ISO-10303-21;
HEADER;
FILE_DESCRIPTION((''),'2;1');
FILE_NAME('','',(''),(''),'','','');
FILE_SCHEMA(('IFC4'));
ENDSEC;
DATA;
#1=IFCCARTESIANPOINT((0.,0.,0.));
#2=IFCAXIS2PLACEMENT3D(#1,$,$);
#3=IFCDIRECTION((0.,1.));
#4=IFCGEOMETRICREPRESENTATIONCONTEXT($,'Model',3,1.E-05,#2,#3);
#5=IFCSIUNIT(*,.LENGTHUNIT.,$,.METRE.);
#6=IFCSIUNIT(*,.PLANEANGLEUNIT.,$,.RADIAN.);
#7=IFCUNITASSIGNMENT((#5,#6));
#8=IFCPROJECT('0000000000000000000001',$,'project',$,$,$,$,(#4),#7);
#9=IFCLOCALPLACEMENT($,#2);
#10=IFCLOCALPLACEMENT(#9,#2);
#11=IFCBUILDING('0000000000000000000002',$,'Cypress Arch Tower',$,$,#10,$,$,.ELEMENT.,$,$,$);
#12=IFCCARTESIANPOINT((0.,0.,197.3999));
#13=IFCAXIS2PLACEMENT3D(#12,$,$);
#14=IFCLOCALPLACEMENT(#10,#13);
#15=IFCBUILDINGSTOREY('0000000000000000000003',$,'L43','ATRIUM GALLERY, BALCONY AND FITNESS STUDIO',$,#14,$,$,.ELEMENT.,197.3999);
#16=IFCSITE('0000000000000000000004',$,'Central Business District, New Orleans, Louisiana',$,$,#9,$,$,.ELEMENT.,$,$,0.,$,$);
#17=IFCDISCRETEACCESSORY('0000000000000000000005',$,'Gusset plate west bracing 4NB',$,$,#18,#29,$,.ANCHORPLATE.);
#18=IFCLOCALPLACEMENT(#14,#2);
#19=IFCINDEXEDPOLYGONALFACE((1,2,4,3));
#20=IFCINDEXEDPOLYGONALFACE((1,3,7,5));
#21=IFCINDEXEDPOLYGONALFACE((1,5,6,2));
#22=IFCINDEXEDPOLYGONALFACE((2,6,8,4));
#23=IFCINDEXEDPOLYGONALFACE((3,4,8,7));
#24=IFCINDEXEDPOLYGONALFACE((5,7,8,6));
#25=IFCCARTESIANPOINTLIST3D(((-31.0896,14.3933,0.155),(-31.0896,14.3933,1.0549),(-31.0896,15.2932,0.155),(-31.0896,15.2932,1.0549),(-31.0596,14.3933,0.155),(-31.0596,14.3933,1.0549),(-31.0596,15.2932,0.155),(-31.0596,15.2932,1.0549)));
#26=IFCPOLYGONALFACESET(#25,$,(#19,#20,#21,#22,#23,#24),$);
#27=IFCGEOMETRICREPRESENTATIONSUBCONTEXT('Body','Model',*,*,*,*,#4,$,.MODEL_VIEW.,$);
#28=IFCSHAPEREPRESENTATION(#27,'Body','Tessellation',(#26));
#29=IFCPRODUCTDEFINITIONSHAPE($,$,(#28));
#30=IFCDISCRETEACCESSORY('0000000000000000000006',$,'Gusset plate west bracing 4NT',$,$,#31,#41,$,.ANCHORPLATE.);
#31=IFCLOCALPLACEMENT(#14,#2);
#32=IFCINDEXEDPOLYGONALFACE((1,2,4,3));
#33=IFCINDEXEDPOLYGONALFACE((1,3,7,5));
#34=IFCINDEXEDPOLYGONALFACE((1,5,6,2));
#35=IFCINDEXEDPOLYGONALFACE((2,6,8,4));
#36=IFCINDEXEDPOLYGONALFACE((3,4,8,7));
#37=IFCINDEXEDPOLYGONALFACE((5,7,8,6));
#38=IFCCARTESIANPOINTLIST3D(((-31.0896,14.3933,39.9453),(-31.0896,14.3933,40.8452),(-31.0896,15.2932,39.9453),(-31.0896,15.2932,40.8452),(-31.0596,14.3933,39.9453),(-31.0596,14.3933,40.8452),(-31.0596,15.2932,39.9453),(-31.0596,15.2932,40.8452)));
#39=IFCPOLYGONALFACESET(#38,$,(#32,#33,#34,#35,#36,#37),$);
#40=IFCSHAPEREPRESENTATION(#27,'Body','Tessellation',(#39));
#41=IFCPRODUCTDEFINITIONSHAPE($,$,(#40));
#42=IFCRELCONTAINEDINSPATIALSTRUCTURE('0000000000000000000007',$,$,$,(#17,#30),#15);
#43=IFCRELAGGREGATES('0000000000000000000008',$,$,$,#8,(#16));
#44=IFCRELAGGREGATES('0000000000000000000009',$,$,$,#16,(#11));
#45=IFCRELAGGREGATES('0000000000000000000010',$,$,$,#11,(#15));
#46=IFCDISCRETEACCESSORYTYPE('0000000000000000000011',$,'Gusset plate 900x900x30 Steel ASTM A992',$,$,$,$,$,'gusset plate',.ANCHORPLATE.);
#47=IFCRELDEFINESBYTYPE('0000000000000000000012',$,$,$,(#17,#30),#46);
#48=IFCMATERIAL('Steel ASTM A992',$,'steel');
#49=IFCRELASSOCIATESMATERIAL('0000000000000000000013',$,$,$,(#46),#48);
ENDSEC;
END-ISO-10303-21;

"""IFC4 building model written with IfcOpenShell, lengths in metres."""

from ifc_helpers import new_model, si_unit, direction, frame, origin, origin_2d, place, context, subcontext, project, spatial, rectangle, extrude, material, material_profile, profile_set, type_object, element, save


model = new_model("IFC4")

# Units and contexts
model_context = context("Model", 3, precision=1e-05, world=origin(), true_north=direction((0.0, 1.0)))
body_context = subcontext(model_context, "Body", "Model", "MODEL_VIEW")
ifc_project = project(units=[si_unit("LENGTHUNIT", "METRE"), si_unit("PLANEANGLEUNIT", "RADIAN")], contexts=[model_context])

# Site, building, storey
site_placement = place(None, origin())
site = spatial("IfcSite", under=ifc_project, at=site_placement, Name="Central Business District, New Orleans, Louisiana", CompositionType="ELEMENT", RefElevation=0.0)
building_placement = place(site_placement, origin())
building = spatial("IfcBuilding", under=site, at=building_placement, Name="Cypress Arch Tower", CompositionType="ELEMENT")
storey_placement = place(building_placement, frame((0.0, 0.0, 197.3999)))
storey = spatial("IfcBuildingStorey", under=building, at=storey_placement, Name="L43", Description="ATRIUM GALLERY, BALCONY AND FITNESS STUDIO", CompositionType="ELEMENT", Elevation=197.3999)

# Discrete accessories
ifc_material_1 = material(Name="Steel ASTM A992", Category="steel")
ifc_material_profile_1 = material_profile(ifc_material_1, rectangle(XDim=0.8999, YDim=0.8999, at=origin_2d()), Name="PL 30 900x900")
ifc_profile_set_1 = profile_set([ifc_material_profile_1], Name="Steel ASTM A992")
discrete_accessory_type_1 = type_object("IfcDiscreteAccessoryType", Name="Gusset plate 900x900x30 Steel ASTM A992", ElementType="gusset plate", PredefinedType="ANCHORPLATE", material=ifc_profile_set_1)
for number, where, z_axis, x_axis, name in (
    (1, (-31.0596, 14.8433, 0.605), (-1.0, 0.0, 0.0), (0.0, -1.0, 0.0), "Gusset plate west bracing 4NB"),
    (2, (-31.0596, 14.8433, 40.3953), (-1.0, 0.0, 0.0), (0.0, -1.0, 0.0), "Gusset plate west bracing 4NT"),
):
    element("IfcDiscreteAccessory", number, at=place(storey_placement, frame(where, z_axis=z_axis, x_axis=x_axis)), inside=storey, type_object=discrete_accessory_type_1, Name=name, PredefinedType="ANCHORPLATE", context=body_context, shape_type="SweptSolid", body=[
        extrude(rectangle(XDim=0.8999, YDim=0.8999, at=origin_2d()), origin(), (0.0, 0.0, 1.0), 0.03),
    ])

save(model, "model.ifc")
